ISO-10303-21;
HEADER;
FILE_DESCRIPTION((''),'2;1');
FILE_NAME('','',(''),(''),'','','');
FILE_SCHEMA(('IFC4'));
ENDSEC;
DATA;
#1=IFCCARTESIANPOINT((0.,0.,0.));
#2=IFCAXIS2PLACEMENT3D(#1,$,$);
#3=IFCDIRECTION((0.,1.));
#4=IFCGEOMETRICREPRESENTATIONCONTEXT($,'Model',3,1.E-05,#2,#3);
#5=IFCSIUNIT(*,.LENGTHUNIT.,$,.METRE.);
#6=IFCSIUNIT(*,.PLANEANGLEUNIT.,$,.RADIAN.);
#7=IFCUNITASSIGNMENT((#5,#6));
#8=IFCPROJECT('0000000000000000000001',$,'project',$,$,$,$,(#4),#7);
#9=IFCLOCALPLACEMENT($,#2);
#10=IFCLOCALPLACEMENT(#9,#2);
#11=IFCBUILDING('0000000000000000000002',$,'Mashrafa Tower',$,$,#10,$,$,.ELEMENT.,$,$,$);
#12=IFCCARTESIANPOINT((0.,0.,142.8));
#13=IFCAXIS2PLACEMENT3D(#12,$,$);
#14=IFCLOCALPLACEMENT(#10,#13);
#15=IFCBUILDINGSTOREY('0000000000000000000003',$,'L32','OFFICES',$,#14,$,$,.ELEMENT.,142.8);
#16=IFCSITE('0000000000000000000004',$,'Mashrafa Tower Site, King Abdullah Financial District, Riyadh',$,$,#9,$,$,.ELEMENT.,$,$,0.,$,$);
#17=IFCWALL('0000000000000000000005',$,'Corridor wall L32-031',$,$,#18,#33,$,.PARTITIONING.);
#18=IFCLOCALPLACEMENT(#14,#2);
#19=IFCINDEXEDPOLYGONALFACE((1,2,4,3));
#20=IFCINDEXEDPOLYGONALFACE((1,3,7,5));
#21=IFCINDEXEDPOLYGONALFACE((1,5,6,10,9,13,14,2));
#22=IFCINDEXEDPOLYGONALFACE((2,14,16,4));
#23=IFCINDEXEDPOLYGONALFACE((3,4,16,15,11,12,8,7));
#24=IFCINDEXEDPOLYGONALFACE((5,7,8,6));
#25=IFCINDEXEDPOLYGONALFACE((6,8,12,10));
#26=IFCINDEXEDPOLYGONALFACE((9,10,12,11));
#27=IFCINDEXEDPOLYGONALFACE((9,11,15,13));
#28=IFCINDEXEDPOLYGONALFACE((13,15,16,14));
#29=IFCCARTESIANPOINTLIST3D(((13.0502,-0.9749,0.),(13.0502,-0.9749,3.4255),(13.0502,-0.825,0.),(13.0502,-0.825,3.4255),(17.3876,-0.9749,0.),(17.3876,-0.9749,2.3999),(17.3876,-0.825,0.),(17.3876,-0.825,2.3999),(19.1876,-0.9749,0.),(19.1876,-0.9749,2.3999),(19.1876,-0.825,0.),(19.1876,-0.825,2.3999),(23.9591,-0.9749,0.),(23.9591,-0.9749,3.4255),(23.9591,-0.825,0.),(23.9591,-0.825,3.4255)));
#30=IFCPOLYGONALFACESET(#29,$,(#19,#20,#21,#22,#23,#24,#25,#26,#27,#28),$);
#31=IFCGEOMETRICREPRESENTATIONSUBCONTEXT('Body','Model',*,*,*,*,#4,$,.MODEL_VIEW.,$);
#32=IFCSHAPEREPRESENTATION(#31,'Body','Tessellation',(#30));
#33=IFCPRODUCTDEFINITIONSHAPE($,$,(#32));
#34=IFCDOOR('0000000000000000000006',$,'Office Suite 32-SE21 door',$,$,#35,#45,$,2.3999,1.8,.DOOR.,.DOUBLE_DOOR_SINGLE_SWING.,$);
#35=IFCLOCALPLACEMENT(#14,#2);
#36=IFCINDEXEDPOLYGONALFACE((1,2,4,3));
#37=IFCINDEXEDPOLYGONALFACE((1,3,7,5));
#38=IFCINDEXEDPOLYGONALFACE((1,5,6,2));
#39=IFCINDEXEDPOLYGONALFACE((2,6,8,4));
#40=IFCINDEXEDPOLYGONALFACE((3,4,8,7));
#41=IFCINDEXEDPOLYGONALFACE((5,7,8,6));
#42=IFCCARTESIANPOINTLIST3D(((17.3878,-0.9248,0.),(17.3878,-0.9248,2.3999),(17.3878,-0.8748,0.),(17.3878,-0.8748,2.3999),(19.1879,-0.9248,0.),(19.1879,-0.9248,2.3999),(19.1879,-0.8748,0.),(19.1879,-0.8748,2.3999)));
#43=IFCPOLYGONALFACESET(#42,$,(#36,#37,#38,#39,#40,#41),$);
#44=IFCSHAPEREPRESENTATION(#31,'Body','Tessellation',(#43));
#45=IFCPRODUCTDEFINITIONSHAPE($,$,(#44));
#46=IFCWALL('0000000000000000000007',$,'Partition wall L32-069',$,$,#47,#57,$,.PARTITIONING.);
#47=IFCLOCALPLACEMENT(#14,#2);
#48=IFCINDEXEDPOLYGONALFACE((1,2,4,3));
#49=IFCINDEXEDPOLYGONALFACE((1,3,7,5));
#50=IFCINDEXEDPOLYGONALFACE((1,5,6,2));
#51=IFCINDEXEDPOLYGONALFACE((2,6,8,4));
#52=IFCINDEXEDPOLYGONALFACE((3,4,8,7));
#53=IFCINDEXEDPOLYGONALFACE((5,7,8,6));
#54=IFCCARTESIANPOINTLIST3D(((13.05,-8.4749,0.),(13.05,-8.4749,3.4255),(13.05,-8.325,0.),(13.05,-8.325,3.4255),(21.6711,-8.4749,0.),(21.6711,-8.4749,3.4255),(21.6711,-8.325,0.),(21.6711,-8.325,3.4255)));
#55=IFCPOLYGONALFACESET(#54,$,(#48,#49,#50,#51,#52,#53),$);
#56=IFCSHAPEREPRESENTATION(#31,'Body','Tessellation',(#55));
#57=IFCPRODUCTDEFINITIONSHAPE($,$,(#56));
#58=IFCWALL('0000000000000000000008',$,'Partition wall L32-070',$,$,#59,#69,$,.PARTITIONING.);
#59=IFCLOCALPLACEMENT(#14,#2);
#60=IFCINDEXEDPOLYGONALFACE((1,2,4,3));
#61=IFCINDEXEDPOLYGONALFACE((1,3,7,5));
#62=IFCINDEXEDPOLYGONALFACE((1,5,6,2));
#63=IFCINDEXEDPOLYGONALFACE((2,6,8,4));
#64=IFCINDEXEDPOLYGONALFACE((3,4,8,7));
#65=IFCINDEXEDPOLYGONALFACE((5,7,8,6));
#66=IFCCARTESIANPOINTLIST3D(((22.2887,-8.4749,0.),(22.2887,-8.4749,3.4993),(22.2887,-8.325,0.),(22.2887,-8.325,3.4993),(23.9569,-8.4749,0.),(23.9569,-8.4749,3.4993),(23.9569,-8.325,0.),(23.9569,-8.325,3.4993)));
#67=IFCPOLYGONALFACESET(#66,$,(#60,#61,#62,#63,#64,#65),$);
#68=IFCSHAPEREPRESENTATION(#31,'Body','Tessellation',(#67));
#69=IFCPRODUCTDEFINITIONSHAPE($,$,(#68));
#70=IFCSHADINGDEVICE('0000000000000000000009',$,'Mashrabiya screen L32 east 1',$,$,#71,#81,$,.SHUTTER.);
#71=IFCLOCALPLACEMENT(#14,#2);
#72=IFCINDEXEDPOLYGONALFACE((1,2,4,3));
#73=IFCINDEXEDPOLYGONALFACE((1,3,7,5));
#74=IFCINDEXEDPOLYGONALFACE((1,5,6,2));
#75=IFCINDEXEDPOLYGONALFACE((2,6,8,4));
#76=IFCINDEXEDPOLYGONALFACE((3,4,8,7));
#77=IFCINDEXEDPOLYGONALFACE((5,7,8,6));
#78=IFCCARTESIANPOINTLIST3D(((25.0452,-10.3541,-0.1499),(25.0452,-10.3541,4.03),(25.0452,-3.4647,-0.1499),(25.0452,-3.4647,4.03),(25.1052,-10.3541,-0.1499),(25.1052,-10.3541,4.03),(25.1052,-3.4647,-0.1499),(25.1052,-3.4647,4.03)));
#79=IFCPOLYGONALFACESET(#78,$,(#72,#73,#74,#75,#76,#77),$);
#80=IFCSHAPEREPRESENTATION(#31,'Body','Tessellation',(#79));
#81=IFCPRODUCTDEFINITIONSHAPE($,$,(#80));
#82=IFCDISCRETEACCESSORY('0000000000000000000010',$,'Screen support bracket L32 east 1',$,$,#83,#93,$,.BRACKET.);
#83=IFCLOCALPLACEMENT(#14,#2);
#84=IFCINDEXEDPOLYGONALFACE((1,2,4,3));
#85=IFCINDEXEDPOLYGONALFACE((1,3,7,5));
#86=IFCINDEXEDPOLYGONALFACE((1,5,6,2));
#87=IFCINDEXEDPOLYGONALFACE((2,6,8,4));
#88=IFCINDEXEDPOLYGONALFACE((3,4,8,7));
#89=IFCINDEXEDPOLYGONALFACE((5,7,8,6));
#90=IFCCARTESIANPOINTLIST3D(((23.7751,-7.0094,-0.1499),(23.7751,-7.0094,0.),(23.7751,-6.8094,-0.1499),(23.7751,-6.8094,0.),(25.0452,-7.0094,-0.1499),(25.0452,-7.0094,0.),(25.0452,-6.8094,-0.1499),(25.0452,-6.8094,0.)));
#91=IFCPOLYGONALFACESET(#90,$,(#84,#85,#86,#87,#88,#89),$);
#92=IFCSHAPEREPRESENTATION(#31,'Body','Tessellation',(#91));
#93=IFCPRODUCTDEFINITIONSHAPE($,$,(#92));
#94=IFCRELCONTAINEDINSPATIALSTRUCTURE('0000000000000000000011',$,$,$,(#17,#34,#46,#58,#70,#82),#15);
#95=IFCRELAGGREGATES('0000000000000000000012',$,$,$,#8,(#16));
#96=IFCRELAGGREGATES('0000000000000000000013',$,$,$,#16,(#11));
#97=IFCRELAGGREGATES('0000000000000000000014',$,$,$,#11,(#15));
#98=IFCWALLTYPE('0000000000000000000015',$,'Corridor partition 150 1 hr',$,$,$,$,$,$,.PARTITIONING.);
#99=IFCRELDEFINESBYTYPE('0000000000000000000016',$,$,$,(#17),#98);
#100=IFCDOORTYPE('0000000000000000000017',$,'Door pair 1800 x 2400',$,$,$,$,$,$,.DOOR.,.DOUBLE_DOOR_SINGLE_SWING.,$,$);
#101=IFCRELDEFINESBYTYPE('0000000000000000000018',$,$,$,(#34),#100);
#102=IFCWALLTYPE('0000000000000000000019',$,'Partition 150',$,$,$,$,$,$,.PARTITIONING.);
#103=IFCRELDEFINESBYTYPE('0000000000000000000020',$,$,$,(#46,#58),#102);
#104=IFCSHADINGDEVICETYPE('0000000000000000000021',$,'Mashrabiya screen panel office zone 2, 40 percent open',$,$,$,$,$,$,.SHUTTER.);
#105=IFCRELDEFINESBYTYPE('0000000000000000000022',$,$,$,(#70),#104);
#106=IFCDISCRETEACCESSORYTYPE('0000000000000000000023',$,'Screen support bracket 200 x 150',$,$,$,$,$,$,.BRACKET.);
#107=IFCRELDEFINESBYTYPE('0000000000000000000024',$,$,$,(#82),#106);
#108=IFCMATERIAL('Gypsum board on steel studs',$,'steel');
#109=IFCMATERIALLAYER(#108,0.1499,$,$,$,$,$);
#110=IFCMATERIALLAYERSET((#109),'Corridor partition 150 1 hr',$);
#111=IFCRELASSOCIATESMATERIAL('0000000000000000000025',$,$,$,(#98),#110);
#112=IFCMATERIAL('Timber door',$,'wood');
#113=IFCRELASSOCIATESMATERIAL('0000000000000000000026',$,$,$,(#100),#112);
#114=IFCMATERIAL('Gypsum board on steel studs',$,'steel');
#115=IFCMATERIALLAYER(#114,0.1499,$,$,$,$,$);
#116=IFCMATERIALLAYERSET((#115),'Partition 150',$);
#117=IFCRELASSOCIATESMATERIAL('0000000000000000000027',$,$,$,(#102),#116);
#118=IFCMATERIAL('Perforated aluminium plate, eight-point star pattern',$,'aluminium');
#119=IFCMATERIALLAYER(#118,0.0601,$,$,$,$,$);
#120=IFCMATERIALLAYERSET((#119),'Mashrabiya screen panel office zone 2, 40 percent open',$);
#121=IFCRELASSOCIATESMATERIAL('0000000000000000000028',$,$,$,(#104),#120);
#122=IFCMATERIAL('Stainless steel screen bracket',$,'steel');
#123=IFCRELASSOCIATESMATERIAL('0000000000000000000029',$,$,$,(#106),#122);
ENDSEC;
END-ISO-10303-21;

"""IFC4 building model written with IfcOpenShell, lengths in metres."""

from ifc_helpers import new_model, si_unit, direction, frame, frame_2d, origin, origin_2d, place, context, subcontext, project, spatial, rectangle, extrude, source, transform, mapped, material, layer, layer_set, type_object, type_shapes, element, fill, save


model = new_model("IFC4")

# Units and contexts
model_context = context("Model", 3, precision=1e-05, world=origin(), true_north=direction((0.0, 1.0)))
body_context = subcontext(model_context, "Body", "Model", "MODEL_VIEW")
ifc_project = project(units=[si_unit("LENGTHUNIT", "METRE"), si_unit("PLANEANGLEUNIT", "RADIAN")], contexts=[model_context])

# Site, building, storey
site_placement = place(None, origin())
site = spatial("IfcSite", under=ifc_project, at=site_placement, Name="Mashrafa Tower Site, King Abdullah Financial District, Riyadh", CompositionType="ELEMENT", RefElevation=0.0)
building_placement = place(site_placement, origin())
building = spatial("IfcBuilding", under=site, at=building_placement, Name="Mashrafa Tower", CompositionType="ELEMENT")
storey_placement = place(building_placement, frame((0.0, 0.0, 142.8)))
storey = spatial("IfcBuildingStorey", under=building, at=storey_placement, Name="L32", Description="OFFICES", CompositionType="ELEMENT", Elevation=142.8)

# Shared definitions
ifc_material_1 = material(Name="Gypsum board on steel studs", Category="steel")
ifc_layer_1 = layer(ifc_material_1, 0.1499)
ifc_layer_set_1 = layer_set([ifc_layer_1], Name="Corridor partition 150 1 hr")
wall_type_1 = type_object("IfcWallType", Name="Corridor partition 150 1 hr", PredefinedType="PARTITIONING", material=ifc_layer_set_1)

# Wall, opening, door
wall_1_placement = place(storey_placement, frame((13.05, -0.8999, 0.0), z_axis=(0.0, 0.0, 1.0), x_axis=(1.0, 0.0, 0.0)))
wall_1 = element("IfcWall", 1, at=wall_1_placement, inside=storey, type_object=wall_type_1, Name="Corridor wall L32-031", PredefinedType="PARTITIONING", context=body_context, shape_type="SweptSolid", body=[
    extrude(rectangle(XDim=10.9089, YDim=0.1499, at=frame_2d((5.4546, 0.0))), origin(), (0.0, 0.0, 1.0), 3.4255),
])
opening_1_placement = place(wall_1_placement, frame((4.3376, 0.0, 0.0)))
opening_1 = element("IfcOpeningElement", 2, at=opening_1_placement, cuts=wall_1, PredefinedType="OPENING", context=body_context, shape_type="SweptSolid", body=[
    extrude(rectangle(XDim=1.8, YDim=2.3999, at=frame_2d((0.8999, 1.2))), frame((0.0, 0.085, 0.0), z_axis=(0.0, -1.0, 0.0), x_axis=(1.0, 0.0, 0.0)), (0.0, 0.0, 1.0), 0.1699),
])
ifc_material_2 = material(Name="Timber door", Category="wood")
door_type_1 = type_object("IfcDoorType", Name="Door pair 1800 x 2400", OperationType="DOUBLE_DOOR_SINGLE_SWING", PredefinedType="DOOR", material=ifc_material_2)
door_1_placement = place(opening_1_placement, frame((1.8, 0.0, 0.0), z_axis=(0.0, 0.0, 1.0), x_axis=(-1.0, 0.0, 0.0)))
door_1 = element("IfcDoor", 3, at=door_1_placement, inside=storey, type_object=door_type_1, Name="Office Suite 32-SE21 door", OperationType="DOUBLE_DOOR_SINGLE_SWING", OverallHeight=2.3999, OverallWidth=1.8, PredefinedType="DOOR", context=body_context, shape_type="SweptSolid", body=[
    extrude(rectangle(XDim=1.8, YDim=2.3999, at=frame_2d((0.8999, 1.2))), frame((0.0, 0.0249, 0.0), z_axis=(0.0, -1.0, 0.0), x_axis=(1.0, 0.0, 0.0)), (0.0, 0.0, 1.0), 0.05),
])
fill(opening_1, door_1)

# Walls
ifc_material_3 = material(Name="Gypsum board on steel studs", Category="steel")
ifc_layer_2 = layer(ifc_material_3, 0.1499)
ifc_layer_set_2 = layer_set([ifc_layer_2], Name="Partition 150")
wall_type_2 = type_object("IfcWallType", Name="Partition 150", PredefinedType="PARTITIONING", material=ifc_layer_set_2)
wall_2_placement = place(storey_placement, frame((13.05, -8.3999, 0.0), z_axis=(0.0, 0.0, 1.0), x_axis=(1.0, 0.0, 0.0)))
element("IfcWall", 4, at=wall_2_placement, inside=storey, type_object=wall_type_2, Name="Partition wall L32-069", PredefinedType="PARTITIONING", context=body_context, shape_type="SweptSolid", body=[
    extrude(rectangle(XDim=8.6211, YDim=0.1499, at=frame_2d((4.3105, 0.0))), origin(), (0.0, 0.0, 1.0), 3.4255),
])
wall_3_placement = place(storey_placement, frame((22.2888, -8.3999, 0.0), z_axis=(0.0, 0.0, 1.0), x_axis=(1.0, 0.0, 0.0)))
element("IfcWall", 5, at=wall_3_placement, inside=storey, type_object=wall_type_2, Name="Partition wall L32-070", PredefinedType="PARTITIONING", context=body_context, shape_type="SweptSolid", body=[
    extrude(rectangle(XDim=1.6682, YDim=0.1499, at=frame_2d((0.834, 0.0))), origin(), (0.0, 0.0, 1.0), 3.4993),
])

# Shading device
ifc_material_4 = material(Name="Perforated aluminium plate, eight-point star pattern", Category="aluminium")
ifc_layer_3 = layer(ifc_material_4, 0.0601)
ifc_layer_set_3 = layer_set([ifc_layer_3], Name="Mashrabiya screen panel office zone 2, 40 percent open")
shading_device_type = type_object("IfcShadingDeviceType", Name="Mashrabiya screen panel office zone 2, 40 percent open", PredefinedType="SHUTTER", material=ifc_layer_set_3)
shared_shape_1 = source(origin(), body_context, "Body", "SweptSolid", [
    extrude(rectangle(XDim=6.8894, YDim=0.0601, at=origin_2d()), origin(), (0.0, 0.0, 1.0), 4.1799),
])
type_shapes(shading_device_type, [shared_shape_1])
shading_device_placement = place(storey_placement, frame((25.0752, -6.9094, -0.1499), z_axis=(0.0, 0.0, 1.0), x_axis=(0.0, 1.0, 0.0)))
element("IfcShadingDevice", 6, at=shading_device_placement, inside=storey, type_object=shading_device_type, Name="Mashrabiya screen L32 east 1", PredefinedType="SHUTTER", context=body_context, shape_type="MappedRepresentation", body=[
    mapped(shared_shape_1, transform((0.0, 0.0, 0.0))),
])

# Discrete accessory
ifc_material_5 = material(Name="Stainless steel screen bracket", Category="steel")
discrete_accessory_type = type_object("IfcDiscreteAccessoryType", Name="Screen support bracket 200 x 150", PredefinedType="BRACKET", material=ifc_material_5)
shared_shape_2 = source(origin(), body_context, "Body", "SweptSolid", [
    extrude(rectangle(XDim=0.2, YDim=1.27, at=origin_2d()), origin(), (0.0, 0.0, 1.0), 0.1499),
])
type_shapes(discrete_accessory_type, [shared_shape_2])
discrete_accessory_placement = place(storey_placement, frame((24.4102, -6.9094, -0.1499), z_axis=(0.0, 0.0, 1.0), x_axis=(0.0, 1.0, 0.0)))
element("IfcDiscreteAccessory", 7, at=discrete_accessory_placement, inside=storey, type_object=discrete_accessory_type, Name="Screen support bracket L32 east 1", PredefinedType="BRACKET", context=body_context, shape_type="MappedRepresentation", body=[
    mapped(shared_shape_2, transform((0.0, 0.0, 0.0))),
])

save(model, "model.ifc")
